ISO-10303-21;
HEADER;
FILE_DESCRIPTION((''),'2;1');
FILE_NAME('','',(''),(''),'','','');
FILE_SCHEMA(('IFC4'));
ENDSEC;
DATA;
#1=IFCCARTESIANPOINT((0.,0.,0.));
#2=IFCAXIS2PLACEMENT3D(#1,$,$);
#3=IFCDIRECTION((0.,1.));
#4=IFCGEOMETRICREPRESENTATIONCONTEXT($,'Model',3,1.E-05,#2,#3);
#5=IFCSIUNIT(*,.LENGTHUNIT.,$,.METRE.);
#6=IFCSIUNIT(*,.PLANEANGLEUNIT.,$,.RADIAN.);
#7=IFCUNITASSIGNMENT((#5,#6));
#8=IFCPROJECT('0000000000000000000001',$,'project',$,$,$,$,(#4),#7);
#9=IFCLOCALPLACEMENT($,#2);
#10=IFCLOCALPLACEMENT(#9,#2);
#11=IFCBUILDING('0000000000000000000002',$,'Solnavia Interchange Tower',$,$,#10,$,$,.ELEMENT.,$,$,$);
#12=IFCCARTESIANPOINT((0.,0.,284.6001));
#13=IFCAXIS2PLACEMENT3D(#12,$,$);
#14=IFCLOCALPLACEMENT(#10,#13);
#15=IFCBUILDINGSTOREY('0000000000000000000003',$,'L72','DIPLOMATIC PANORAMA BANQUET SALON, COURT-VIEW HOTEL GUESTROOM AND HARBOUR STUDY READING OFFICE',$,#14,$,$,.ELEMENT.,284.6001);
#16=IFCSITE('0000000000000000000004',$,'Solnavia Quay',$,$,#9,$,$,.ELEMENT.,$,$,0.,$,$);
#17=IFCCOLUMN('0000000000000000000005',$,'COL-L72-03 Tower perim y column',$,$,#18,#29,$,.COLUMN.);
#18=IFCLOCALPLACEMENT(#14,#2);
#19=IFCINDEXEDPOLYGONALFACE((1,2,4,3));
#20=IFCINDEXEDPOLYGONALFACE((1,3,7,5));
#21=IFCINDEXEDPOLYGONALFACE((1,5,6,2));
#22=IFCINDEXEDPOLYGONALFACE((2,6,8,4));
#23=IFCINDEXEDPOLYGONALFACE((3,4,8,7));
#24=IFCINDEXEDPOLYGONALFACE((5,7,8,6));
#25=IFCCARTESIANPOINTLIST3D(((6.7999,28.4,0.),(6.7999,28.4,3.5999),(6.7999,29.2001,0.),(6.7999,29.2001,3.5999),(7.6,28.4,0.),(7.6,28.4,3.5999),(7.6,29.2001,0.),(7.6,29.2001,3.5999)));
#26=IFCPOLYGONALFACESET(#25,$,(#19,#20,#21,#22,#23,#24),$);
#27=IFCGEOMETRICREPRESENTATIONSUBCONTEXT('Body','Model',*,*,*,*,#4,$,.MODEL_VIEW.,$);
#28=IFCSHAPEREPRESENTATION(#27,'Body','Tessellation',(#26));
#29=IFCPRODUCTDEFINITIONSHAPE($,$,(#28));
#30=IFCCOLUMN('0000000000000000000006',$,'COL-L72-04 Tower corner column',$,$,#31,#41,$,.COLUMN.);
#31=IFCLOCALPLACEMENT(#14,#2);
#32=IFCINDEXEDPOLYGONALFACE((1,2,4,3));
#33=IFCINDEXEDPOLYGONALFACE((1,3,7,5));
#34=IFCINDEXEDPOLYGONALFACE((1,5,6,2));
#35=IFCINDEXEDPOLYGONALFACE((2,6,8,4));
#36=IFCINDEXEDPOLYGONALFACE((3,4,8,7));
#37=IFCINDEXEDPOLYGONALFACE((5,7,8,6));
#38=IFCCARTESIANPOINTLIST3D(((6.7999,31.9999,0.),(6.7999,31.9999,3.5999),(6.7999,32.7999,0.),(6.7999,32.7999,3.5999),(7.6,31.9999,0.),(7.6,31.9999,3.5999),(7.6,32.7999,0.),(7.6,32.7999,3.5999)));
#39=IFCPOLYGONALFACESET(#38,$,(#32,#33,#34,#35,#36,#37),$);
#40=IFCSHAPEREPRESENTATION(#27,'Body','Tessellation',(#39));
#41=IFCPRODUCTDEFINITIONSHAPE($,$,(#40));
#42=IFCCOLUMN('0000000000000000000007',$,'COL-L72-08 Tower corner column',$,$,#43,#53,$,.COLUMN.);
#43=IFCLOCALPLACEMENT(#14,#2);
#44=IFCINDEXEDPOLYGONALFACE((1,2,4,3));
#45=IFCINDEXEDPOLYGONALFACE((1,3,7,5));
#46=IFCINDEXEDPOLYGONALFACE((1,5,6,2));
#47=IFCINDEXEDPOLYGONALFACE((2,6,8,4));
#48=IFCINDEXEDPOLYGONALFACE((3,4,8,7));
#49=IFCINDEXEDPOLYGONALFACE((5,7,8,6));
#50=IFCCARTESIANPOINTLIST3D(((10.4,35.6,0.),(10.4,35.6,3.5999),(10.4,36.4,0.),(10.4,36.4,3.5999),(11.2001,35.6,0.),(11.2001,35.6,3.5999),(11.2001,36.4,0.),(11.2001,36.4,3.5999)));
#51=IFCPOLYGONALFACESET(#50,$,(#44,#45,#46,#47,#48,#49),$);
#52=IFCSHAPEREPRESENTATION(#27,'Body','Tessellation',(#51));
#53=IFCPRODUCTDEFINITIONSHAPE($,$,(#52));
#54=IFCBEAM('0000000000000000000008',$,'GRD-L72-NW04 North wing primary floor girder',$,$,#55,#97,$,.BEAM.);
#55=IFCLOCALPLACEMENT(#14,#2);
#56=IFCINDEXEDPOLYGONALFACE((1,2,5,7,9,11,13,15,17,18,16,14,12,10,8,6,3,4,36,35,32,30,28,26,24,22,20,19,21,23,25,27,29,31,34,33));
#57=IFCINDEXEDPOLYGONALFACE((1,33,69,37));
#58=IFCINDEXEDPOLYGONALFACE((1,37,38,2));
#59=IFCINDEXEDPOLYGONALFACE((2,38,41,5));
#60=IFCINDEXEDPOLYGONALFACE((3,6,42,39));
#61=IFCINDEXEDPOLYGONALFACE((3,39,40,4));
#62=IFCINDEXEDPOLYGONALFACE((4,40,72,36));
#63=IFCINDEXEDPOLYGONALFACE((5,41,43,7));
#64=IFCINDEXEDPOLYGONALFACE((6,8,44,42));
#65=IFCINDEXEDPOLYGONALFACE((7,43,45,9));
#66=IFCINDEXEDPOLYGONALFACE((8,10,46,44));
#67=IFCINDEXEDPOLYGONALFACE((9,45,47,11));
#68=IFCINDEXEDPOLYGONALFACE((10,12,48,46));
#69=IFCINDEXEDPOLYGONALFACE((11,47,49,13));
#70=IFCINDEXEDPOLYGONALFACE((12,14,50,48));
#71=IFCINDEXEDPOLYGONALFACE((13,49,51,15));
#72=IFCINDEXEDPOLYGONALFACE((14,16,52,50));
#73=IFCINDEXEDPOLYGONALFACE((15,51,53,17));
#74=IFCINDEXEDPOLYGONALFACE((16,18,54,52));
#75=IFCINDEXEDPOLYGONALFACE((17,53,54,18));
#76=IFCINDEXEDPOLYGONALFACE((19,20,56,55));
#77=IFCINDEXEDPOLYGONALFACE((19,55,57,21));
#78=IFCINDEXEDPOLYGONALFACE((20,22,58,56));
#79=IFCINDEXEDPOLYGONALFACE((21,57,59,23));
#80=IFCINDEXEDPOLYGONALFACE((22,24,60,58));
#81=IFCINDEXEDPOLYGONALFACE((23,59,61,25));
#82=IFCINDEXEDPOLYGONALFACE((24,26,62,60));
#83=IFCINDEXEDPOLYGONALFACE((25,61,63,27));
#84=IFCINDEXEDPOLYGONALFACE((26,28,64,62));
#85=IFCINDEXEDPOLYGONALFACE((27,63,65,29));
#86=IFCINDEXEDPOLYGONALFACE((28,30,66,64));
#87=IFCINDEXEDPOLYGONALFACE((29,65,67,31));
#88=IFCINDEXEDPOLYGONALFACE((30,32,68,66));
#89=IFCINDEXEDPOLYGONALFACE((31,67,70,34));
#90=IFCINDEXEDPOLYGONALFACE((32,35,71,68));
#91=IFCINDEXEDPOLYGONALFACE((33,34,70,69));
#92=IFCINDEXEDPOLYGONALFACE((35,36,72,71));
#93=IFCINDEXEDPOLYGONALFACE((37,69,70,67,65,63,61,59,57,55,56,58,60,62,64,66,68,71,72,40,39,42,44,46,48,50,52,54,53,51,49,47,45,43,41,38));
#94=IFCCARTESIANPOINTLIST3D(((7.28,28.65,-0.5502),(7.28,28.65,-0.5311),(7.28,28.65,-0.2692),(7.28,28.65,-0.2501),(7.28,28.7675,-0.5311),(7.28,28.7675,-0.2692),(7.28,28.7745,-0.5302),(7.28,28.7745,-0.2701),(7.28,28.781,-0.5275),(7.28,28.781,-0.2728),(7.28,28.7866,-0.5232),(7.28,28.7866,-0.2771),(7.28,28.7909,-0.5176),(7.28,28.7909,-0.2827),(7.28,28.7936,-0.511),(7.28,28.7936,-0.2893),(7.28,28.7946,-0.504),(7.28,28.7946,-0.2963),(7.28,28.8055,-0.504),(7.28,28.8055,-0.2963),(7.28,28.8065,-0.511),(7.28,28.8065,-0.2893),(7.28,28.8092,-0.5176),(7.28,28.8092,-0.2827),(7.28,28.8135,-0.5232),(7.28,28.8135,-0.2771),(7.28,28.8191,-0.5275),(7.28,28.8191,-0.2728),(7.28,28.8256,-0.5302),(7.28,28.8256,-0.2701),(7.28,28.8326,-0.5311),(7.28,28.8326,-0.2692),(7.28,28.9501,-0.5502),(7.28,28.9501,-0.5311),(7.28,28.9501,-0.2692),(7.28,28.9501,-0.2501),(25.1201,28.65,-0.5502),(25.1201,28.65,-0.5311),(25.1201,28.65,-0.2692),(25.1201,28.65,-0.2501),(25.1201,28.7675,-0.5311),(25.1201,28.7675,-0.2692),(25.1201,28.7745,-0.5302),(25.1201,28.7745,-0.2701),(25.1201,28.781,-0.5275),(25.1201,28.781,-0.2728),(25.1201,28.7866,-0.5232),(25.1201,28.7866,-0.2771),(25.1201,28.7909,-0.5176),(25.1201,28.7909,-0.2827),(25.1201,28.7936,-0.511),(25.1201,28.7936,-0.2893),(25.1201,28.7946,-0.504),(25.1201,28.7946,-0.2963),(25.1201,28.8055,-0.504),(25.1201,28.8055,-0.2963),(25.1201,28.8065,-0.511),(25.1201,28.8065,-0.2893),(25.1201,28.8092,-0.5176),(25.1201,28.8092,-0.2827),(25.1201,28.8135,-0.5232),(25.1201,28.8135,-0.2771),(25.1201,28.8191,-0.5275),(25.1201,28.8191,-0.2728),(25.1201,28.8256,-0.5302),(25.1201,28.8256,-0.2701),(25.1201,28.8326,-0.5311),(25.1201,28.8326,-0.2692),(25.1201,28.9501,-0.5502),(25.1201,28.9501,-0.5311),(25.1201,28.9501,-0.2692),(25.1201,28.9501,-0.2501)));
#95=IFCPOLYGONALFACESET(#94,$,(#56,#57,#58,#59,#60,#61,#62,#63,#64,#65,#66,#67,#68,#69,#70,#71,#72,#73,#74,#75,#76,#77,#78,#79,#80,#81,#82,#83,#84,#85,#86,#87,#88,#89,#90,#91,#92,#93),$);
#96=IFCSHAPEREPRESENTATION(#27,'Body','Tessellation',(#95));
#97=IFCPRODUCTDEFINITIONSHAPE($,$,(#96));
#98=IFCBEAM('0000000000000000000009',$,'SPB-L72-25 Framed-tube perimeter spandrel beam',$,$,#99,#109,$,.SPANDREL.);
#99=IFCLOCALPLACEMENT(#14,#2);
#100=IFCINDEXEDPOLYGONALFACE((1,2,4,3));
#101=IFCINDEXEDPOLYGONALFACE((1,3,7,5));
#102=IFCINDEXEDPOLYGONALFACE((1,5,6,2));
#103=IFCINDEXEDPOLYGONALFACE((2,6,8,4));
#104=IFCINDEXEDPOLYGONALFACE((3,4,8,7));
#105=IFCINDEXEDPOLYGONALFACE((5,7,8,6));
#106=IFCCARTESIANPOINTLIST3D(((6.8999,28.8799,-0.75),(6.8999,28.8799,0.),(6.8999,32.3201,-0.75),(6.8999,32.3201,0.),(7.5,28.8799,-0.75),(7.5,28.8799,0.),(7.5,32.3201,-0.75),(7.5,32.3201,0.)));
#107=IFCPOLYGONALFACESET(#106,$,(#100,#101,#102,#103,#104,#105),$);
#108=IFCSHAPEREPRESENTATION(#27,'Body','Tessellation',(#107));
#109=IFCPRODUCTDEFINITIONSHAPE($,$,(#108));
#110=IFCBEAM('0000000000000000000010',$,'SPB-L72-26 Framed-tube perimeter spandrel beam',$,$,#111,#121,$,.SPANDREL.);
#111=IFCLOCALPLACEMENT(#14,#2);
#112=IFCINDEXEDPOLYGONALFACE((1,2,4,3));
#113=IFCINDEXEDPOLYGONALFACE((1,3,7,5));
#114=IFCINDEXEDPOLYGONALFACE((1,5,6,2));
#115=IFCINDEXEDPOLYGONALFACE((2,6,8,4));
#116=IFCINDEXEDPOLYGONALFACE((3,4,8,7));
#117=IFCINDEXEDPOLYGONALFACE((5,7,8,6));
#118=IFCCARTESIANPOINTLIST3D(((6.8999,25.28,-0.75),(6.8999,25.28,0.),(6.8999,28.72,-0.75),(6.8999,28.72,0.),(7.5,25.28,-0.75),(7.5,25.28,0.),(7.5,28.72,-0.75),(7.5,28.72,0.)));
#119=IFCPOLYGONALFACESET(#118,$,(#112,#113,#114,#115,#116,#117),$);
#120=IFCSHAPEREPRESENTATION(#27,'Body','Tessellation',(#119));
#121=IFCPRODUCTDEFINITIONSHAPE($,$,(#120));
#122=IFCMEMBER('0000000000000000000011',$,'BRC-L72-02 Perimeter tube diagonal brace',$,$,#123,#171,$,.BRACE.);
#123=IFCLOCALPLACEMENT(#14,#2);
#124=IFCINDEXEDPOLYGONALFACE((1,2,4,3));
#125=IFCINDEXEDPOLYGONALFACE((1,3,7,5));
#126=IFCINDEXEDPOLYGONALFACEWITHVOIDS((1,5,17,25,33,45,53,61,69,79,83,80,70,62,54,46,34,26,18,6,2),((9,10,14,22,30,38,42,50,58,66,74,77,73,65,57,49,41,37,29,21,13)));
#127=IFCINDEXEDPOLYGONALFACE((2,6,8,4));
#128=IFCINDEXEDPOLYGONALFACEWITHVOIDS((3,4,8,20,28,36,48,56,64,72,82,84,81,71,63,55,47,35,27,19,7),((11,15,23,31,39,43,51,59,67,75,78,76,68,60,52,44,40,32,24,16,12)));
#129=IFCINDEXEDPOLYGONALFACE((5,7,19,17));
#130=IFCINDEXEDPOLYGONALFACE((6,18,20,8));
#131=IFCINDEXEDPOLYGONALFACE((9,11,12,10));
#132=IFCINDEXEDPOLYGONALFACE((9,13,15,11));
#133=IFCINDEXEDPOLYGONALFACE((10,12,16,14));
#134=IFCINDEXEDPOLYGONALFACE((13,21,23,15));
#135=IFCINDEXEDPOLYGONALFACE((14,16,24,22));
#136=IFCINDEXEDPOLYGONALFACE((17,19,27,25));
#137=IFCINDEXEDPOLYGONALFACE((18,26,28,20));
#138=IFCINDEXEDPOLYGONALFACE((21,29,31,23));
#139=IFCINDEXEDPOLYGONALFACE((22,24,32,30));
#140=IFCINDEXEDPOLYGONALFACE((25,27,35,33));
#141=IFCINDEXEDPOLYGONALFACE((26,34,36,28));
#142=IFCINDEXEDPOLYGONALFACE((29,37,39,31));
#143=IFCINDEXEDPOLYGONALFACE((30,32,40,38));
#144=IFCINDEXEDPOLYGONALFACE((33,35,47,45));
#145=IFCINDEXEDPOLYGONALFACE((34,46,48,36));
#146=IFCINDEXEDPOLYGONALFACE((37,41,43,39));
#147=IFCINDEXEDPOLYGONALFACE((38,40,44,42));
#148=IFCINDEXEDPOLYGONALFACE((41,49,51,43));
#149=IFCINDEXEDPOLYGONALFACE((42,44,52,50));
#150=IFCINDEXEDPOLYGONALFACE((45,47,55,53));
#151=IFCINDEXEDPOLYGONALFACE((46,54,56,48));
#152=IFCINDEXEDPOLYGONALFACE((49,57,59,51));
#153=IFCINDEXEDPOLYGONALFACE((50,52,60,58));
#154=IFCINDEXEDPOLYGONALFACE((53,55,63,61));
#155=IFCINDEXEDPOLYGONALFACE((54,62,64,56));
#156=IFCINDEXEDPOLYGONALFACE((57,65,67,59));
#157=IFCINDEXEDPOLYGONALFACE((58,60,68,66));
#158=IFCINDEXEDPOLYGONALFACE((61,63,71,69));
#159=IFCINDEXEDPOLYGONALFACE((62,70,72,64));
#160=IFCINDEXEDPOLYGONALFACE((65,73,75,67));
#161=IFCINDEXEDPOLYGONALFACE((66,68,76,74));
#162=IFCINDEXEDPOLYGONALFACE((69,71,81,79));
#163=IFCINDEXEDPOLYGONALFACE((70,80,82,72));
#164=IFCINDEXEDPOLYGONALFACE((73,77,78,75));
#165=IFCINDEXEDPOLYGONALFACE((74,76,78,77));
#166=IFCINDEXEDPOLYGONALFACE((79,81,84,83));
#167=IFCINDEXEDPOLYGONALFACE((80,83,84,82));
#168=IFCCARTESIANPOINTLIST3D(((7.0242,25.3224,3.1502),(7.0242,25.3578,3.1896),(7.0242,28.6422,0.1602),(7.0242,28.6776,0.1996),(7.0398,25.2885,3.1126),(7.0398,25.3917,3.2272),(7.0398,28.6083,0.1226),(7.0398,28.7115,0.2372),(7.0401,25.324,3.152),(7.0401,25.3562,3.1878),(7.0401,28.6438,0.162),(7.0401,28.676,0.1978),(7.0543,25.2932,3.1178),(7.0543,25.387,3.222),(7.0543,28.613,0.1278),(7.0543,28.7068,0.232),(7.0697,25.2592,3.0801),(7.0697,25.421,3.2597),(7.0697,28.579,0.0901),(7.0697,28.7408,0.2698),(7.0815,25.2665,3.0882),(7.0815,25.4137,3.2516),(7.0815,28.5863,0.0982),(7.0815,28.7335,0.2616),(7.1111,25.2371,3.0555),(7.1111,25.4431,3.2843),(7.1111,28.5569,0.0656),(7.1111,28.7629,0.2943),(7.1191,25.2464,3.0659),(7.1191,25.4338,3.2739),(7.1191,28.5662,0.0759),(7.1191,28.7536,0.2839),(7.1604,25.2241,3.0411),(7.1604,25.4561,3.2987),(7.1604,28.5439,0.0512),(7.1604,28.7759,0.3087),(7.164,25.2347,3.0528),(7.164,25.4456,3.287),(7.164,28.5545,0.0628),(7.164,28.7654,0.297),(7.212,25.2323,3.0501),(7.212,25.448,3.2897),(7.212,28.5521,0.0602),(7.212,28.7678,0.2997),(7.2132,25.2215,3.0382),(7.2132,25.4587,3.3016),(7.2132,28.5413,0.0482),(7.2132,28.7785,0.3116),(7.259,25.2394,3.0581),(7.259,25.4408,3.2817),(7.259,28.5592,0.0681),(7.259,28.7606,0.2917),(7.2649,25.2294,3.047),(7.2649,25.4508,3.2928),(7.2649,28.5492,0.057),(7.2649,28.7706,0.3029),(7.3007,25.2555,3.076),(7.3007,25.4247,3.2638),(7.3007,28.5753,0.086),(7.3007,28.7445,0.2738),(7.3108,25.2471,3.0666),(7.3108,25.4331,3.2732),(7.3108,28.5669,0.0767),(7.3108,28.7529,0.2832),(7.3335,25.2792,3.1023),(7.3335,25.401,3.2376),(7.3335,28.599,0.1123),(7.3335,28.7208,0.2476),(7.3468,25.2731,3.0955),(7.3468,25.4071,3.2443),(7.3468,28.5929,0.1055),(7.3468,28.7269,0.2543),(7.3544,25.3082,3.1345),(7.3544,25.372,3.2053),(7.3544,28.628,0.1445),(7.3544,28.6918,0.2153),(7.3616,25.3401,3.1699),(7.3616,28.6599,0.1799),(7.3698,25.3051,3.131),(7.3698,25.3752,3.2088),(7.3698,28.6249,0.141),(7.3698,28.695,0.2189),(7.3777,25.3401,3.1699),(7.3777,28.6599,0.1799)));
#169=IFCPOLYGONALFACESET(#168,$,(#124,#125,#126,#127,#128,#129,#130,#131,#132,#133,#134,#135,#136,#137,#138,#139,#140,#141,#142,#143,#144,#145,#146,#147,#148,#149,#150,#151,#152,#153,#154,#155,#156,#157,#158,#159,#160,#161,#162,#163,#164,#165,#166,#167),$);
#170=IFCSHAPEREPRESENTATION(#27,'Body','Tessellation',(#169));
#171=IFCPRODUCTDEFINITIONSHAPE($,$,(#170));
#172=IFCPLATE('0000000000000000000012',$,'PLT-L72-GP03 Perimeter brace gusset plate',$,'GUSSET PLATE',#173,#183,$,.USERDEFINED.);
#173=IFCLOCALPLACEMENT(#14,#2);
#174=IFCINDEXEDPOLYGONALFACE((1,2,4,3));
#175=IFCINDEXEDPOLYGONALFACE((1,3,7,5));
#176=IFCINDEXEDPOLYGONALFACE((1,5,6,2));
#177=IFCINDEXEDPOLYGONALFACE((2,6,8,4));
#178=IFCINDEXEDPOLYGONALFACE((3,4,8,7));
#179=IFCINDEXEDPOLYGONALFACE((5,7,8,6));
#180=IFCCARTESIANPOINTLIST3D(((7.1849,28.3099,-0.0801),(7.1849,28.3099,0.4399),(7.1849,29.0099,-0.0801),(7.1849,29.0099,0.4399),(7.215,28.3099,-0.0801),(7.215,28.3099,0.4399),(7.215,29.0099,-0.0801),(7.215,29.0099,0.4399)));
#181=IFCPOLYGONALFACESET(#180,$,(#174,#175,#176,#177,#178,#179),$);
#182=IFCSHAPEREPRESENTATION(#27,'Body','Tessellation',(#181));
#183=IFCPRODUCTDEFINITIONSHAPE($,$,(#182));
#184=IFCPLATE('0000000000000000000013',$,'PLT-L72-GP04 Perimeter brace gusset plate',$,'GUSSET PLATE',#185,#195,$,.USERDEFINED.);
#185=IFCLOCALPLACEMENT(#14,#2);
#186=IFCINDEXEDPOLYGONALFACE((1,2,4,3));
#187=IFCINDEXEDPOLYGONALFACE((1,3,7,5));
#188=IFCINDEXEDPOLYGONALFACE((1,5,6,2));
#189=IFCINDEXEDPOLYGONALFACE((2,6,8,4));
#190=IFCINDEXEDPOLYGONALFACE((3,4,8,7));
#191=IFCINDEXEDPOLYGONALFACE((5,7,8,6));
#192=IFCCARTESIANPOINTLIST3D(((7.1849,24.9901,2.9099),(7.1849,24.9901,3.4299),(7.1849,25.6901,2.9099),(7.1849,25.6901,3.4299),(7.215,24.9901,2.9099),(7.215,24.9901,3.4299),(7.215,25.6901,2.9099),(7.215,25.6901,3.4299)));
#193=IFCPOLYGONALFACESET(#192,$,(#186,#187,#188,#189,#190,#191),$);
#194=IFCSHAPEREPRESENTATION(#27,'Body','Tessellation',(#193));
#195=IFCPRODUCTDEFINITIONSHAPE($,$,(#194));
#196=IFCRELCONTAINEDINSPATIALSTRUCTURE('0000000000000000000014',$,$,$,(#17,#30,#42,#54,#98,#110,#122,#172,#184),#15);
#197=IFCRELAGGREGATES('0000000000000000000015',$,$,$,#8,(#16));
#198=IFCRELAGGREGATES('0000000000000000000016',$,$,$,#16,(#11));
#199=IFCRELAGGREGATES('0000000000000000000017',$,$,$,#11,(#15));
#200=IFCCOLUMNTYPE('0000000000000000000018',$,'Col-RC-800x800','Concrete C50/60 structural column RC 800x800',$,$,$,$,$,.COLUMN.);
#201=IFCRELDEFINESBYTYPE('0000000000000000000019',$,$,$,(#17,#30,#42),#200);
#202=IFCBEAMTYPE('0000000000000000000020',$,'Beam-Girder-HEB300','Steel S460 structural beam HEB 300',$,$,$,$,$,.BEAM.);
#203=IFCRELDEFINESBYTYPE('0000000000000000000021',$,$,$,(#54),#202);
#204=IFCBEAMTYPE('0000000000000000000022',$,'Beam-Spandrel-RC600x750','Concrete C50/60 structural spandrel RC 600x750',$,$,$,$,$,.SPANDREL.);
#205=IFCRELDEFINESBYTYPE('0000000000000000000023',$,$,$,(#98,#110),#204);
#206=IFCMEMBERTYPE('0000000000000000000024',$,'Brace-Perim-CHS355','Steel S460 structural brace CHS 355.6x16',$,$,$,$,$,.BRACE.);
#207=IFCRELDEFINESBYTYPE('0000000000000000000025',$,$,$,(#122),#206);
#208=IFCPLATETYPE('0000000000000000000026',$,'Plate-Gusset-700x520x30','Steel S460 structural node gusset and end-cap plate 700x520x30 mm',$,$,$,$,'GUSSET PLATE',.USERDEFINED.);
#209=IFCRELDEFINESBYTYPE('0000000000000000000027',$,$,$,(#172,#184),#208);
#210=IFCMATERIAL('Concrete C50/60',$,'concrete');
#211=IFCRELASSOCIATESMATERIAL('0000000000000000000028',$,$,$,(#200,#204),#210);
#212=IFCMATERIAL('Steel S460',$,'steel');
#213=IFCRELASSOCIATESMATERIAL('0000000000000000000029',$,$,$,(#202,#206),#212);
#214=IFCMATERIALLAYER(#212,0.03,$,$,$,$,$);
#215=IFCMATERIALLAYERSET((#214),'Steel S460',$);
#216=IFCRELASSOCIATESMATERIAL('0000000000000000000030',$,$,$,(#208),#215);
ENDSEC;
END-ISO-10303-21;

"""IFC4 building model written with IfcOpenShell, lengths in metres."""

from ifc_helpers import new_model, si_unit, direction, frame, origin, origin_2d, place, context, subcontext, project, spatial, rectangle, hollow_circle, i_section, extrude, material, layer, layer_set, material_profile, profile_set, type_object, element, save


model = new_model("IFC4")

# Units and contexts
model_context = context("Model", 3, precision=1e-05, world=origin(), true_north=direction((0.0, 1.0)))
body_context = subcontext(model_context, "Body", "Model", "MODEL_VIEW")
ifc_project = project(units=[si_unit("LENGTHUNIT", "METRE"), si_unit("PLANEANGLEUNIT", "RADIAN")], contexts=[model_context])

# Site, building, storey
site_placement = place(None, origin())
site = spatial("IfcSite", under=ifc_project, at=site_placement, Name="Solnavia Quay", CompositionType="ELEMENT", RefElevation=0.0)
building_placement = place(site_placement, origin())
building = spatial("IfcBuilding", under=site, at=building_placement, Name="Solnavia Interchange Tower", CompositionType="ELEMENT")
storey_placement = place(building_placement, frame((0.0, 0.0, 284.6001)))
storey = spatial("IfcBuildingStorey", under=building, at=storey_placement, Name="L72", Description="DIPLOMATIC PANORAMA BANQUET SALON, COURT-VIEW HOTEL GUESTROOM AND HARBOUR STUDY READING OFFICE", CompositionType="ELEMENT", Elevation=284.6001)

# Columns
ifc_material_1 = material(Name="Concrete C50/60", Category="concrete")
ifc_material_profile_1 = material_profile(ifc_material_1, rectangle(XDim=0.8, YDim=0.8, at=origin_2d()), Name="RC 800x800")
ifc_profile_set_1 = profile_set([ifc_material_profile_1], Name="Concrete C50/60")
column_type = type_object("IfcColumnType", Name="Col-RC-800x800", Description="Concrete C50/60 structural column RC 800x800", PredefinedType="COLUMN", material=ifc_profile_set_1)
for number, where, z_axis, x_axis, name in (
    (1, (7.2, 28.8, 0.0), (0.0, 0.0, 1.0), (0.0, 1.0, 0.0), "COL-L72-03 Tower perim y column"),
    (2, (7.2, 32.3999, 0.0), (0.0, 0.0, 1.0), (0.0, 1.0, 0.0), "COL-L72-04 Tower corner column"),
    (3, (10.8, 36.0, 0.0), (0.0, 0.0, 1.0), (1.0, 0.0, 0.0), "COL-L72-08 Tower corner column"),
):
    element("IfcColumn", number, at=place(storey_placement, frame(where, z_axis=z_axis, x_axis=x_axis)), inside=storey, type_object=column_type, Name=name, PredefinedType="COLUMN", context=body_context, shape_type="SweptSolid", body=[
        extrude(rectangle(XDim=0.8, YDim=0.8, at=origin_2d()), origin(), (0.0, 0.0, 1.0), 3.5999),
    ])

# Beams
ifc_material_2 = material(Name="Steel S460", Category="steel")
ifc_material_profile_2 = material_profile(ifc_material_2, i_section(OverallWidth=0.3, OverallDepth=0.3, WebThickness=0.011, FlangeThickness=0.019, FilletRadius=0.0271, at=origin_2d()), Name="HEB 300")
ifc_profile_set_2 = profile_set([ifc_material_profile_2], Name="Steel S460")
beam_type_1 = type_object("IfcBeamType", Name="Beam-Girder-HEB300", Description="Steel S460 structural beam HEB 300", PredefinedType="BEAM", material=ifc_profile_set_2)
beam_1_placement = place(storey_placement, frame((7.28, 28.8, -0.4001), z_axis=(1.0, 0.0, 0.0), x_axis=(0.0, 1.0, 0.0)))
element("IfcBeam", 4, at=beam_1_placement, inside=storey, type_object=beam_type_1, Name="GRD-L72-NW04 North wing primary floor girder", PredefinedType="BEAM", context=body_context, shape_type="SweptSolid", body=[
    extrude(i_section(OverallWidth=0.3, OverallDepth=0.3, WebThickness=0.011, FlangeThickness=0.019, FilletRadius=0.0271, at=origin_2d()), origin(), (0.0, 0.0, 1.0), 17.8401),
])
ifc_material_profile_3 = material_profile(ifc_material_1, rectangle(XDim=0.6001, YDim=0.75, at=origin_2d()), Name="RC 600x750")
ifc_profile_set_3 = profile_set([ifc_material_profile_3], Name="Concrete C50/60")
beam_type_2 = type_object("IfcBeamType", Name="Beam-Spandrel-RC600x750", Description="Concrete C50/60 structural spandrel RC 600x750", PredefinedType="SPANDREL", material=ifc_profile_set_3)
beam_2_placement = place(storey_placement, frame((7.2, 32.3201, -0.375), z_axis=(0.0, -1.0, 0.0), x_axis=(1.0, 0.0, 0.0)))
element("IfcBeam", 5, at=beam_2_placement, inside=storey, type_object=beam_type_2, Name="SPB-L72-25 Framed-tube perimeter spandrel beam", PredefinedType="SPANDREL", context=body_context, shape_type="SweptSolid", body=[
    extrude(rectangle(XDim=0.6001, YDim=0.75, at=origin_2d()), origin(), (0.0, 0.0, 1.0), 3.4402),
])
beam_3_placement = place(storey_placement, frame((7.2, 28.72, -0.375), z_axis=(0.0, -1.0, 0.0), x_axis=(1.0, 0.0, 0.0)))
element("IfcBeam", 6, at=beam_3_placement, inside=storey, type_object=beam_type_2, Name="SPB-L72-26 Framed-tube perimeter spandrel beam", PredefinedType="SPANDREL", context=body_context, shape_type="SweptSolid", body=[
    extrude(rectangle(XDim=0.6001, YDim=0.75, at=origin_2d()), origin(), (0.0, 0.0, 1.0), 3.4399),
])

# Member
ifc_material_profile_4 = material_profile(ifc_material_2, hollow_circle(Radius=0.1777, WallThickness=0.0161, at=origin_2d()), Name="CHS 355.6x16")
ifc_profile_set_4 = profile_set([ifc_material_profile_4], Name="Steel S460")
member_type = type_object("IfcMemberType", Name="Brace-Perim-CHS355", Description="Steel S460 structural brace CHS 355.6x16", PredefinedType="BRACE", material=ifc_profile_set_4)
member_placement = place(storey_placement, frame((7.2, 28.6599, 0.1799), z_axis=(0.0, -0.743055, 0.66923), x_axis=(1.0, 0.0, 0.0)))
element("IfcMember", 7, at=member_placement, inside=storey, type_object=member_type, Name="BRC-L72-02 Perimeter tube diagonal brace", PredefinedType="BRACE", context=body_context, shape_type="SweptSolid", body=[
    extrude(hollow_circle(Radius=0.1777, WallThickness=0.0161, at=origin_2d()), origin(), (0.0, 0.0, 1.0), 4.4678),
])

# Plates
ifc_layer_1 = layer(ifc_material_2, 0.03)
ifc_layer_set_1 = layer_set([ifc_layer_1], Name="Steel S460")
plate_type = type_object("IfcPlateType", Name="Plate-Gusset-700x520x30", Description="Steel S460 structural node gusset and end-cap plate 700x520x30 mm", ElementType="GUSSET PLATE", PredefinedType="USERDEFINED", material=ifc_layer_set_1)
for number, where, z_axis, x_axis, name in (
    (8, (7.2, 28.6599, -0.0801), (0.0, 0.0, 1.0), (0.0, -1.0, 0.0), "PLT-L72-GP03 Perimeter brace gusset plate"),
    (9, (7.2, 25.3401, 2.9099), (0.0, 0.0, 1.0), (0.0, -1.0, 0.0), "PLT-L72-GP04 Perimeter brace gusset plate"),
):
    element("IfcPlate", number, at=place(storey_placement, frame(where, z_axis=z_axis, x_axis=x_axis)), inside=storey, type_object=plate_type, Name=name, ObjectType="GUSSET PLATE", PredefinedType="USERDEFINED", context=body_context, shape_type="SweptSolid", body=[
        extrude(rectangle(XDim=0.7, YDim=0.03, at=origin_2d()), origin(), (0.0, 0.0, 1.0), 0.52),
    ])

save(model, "model.ifc")
